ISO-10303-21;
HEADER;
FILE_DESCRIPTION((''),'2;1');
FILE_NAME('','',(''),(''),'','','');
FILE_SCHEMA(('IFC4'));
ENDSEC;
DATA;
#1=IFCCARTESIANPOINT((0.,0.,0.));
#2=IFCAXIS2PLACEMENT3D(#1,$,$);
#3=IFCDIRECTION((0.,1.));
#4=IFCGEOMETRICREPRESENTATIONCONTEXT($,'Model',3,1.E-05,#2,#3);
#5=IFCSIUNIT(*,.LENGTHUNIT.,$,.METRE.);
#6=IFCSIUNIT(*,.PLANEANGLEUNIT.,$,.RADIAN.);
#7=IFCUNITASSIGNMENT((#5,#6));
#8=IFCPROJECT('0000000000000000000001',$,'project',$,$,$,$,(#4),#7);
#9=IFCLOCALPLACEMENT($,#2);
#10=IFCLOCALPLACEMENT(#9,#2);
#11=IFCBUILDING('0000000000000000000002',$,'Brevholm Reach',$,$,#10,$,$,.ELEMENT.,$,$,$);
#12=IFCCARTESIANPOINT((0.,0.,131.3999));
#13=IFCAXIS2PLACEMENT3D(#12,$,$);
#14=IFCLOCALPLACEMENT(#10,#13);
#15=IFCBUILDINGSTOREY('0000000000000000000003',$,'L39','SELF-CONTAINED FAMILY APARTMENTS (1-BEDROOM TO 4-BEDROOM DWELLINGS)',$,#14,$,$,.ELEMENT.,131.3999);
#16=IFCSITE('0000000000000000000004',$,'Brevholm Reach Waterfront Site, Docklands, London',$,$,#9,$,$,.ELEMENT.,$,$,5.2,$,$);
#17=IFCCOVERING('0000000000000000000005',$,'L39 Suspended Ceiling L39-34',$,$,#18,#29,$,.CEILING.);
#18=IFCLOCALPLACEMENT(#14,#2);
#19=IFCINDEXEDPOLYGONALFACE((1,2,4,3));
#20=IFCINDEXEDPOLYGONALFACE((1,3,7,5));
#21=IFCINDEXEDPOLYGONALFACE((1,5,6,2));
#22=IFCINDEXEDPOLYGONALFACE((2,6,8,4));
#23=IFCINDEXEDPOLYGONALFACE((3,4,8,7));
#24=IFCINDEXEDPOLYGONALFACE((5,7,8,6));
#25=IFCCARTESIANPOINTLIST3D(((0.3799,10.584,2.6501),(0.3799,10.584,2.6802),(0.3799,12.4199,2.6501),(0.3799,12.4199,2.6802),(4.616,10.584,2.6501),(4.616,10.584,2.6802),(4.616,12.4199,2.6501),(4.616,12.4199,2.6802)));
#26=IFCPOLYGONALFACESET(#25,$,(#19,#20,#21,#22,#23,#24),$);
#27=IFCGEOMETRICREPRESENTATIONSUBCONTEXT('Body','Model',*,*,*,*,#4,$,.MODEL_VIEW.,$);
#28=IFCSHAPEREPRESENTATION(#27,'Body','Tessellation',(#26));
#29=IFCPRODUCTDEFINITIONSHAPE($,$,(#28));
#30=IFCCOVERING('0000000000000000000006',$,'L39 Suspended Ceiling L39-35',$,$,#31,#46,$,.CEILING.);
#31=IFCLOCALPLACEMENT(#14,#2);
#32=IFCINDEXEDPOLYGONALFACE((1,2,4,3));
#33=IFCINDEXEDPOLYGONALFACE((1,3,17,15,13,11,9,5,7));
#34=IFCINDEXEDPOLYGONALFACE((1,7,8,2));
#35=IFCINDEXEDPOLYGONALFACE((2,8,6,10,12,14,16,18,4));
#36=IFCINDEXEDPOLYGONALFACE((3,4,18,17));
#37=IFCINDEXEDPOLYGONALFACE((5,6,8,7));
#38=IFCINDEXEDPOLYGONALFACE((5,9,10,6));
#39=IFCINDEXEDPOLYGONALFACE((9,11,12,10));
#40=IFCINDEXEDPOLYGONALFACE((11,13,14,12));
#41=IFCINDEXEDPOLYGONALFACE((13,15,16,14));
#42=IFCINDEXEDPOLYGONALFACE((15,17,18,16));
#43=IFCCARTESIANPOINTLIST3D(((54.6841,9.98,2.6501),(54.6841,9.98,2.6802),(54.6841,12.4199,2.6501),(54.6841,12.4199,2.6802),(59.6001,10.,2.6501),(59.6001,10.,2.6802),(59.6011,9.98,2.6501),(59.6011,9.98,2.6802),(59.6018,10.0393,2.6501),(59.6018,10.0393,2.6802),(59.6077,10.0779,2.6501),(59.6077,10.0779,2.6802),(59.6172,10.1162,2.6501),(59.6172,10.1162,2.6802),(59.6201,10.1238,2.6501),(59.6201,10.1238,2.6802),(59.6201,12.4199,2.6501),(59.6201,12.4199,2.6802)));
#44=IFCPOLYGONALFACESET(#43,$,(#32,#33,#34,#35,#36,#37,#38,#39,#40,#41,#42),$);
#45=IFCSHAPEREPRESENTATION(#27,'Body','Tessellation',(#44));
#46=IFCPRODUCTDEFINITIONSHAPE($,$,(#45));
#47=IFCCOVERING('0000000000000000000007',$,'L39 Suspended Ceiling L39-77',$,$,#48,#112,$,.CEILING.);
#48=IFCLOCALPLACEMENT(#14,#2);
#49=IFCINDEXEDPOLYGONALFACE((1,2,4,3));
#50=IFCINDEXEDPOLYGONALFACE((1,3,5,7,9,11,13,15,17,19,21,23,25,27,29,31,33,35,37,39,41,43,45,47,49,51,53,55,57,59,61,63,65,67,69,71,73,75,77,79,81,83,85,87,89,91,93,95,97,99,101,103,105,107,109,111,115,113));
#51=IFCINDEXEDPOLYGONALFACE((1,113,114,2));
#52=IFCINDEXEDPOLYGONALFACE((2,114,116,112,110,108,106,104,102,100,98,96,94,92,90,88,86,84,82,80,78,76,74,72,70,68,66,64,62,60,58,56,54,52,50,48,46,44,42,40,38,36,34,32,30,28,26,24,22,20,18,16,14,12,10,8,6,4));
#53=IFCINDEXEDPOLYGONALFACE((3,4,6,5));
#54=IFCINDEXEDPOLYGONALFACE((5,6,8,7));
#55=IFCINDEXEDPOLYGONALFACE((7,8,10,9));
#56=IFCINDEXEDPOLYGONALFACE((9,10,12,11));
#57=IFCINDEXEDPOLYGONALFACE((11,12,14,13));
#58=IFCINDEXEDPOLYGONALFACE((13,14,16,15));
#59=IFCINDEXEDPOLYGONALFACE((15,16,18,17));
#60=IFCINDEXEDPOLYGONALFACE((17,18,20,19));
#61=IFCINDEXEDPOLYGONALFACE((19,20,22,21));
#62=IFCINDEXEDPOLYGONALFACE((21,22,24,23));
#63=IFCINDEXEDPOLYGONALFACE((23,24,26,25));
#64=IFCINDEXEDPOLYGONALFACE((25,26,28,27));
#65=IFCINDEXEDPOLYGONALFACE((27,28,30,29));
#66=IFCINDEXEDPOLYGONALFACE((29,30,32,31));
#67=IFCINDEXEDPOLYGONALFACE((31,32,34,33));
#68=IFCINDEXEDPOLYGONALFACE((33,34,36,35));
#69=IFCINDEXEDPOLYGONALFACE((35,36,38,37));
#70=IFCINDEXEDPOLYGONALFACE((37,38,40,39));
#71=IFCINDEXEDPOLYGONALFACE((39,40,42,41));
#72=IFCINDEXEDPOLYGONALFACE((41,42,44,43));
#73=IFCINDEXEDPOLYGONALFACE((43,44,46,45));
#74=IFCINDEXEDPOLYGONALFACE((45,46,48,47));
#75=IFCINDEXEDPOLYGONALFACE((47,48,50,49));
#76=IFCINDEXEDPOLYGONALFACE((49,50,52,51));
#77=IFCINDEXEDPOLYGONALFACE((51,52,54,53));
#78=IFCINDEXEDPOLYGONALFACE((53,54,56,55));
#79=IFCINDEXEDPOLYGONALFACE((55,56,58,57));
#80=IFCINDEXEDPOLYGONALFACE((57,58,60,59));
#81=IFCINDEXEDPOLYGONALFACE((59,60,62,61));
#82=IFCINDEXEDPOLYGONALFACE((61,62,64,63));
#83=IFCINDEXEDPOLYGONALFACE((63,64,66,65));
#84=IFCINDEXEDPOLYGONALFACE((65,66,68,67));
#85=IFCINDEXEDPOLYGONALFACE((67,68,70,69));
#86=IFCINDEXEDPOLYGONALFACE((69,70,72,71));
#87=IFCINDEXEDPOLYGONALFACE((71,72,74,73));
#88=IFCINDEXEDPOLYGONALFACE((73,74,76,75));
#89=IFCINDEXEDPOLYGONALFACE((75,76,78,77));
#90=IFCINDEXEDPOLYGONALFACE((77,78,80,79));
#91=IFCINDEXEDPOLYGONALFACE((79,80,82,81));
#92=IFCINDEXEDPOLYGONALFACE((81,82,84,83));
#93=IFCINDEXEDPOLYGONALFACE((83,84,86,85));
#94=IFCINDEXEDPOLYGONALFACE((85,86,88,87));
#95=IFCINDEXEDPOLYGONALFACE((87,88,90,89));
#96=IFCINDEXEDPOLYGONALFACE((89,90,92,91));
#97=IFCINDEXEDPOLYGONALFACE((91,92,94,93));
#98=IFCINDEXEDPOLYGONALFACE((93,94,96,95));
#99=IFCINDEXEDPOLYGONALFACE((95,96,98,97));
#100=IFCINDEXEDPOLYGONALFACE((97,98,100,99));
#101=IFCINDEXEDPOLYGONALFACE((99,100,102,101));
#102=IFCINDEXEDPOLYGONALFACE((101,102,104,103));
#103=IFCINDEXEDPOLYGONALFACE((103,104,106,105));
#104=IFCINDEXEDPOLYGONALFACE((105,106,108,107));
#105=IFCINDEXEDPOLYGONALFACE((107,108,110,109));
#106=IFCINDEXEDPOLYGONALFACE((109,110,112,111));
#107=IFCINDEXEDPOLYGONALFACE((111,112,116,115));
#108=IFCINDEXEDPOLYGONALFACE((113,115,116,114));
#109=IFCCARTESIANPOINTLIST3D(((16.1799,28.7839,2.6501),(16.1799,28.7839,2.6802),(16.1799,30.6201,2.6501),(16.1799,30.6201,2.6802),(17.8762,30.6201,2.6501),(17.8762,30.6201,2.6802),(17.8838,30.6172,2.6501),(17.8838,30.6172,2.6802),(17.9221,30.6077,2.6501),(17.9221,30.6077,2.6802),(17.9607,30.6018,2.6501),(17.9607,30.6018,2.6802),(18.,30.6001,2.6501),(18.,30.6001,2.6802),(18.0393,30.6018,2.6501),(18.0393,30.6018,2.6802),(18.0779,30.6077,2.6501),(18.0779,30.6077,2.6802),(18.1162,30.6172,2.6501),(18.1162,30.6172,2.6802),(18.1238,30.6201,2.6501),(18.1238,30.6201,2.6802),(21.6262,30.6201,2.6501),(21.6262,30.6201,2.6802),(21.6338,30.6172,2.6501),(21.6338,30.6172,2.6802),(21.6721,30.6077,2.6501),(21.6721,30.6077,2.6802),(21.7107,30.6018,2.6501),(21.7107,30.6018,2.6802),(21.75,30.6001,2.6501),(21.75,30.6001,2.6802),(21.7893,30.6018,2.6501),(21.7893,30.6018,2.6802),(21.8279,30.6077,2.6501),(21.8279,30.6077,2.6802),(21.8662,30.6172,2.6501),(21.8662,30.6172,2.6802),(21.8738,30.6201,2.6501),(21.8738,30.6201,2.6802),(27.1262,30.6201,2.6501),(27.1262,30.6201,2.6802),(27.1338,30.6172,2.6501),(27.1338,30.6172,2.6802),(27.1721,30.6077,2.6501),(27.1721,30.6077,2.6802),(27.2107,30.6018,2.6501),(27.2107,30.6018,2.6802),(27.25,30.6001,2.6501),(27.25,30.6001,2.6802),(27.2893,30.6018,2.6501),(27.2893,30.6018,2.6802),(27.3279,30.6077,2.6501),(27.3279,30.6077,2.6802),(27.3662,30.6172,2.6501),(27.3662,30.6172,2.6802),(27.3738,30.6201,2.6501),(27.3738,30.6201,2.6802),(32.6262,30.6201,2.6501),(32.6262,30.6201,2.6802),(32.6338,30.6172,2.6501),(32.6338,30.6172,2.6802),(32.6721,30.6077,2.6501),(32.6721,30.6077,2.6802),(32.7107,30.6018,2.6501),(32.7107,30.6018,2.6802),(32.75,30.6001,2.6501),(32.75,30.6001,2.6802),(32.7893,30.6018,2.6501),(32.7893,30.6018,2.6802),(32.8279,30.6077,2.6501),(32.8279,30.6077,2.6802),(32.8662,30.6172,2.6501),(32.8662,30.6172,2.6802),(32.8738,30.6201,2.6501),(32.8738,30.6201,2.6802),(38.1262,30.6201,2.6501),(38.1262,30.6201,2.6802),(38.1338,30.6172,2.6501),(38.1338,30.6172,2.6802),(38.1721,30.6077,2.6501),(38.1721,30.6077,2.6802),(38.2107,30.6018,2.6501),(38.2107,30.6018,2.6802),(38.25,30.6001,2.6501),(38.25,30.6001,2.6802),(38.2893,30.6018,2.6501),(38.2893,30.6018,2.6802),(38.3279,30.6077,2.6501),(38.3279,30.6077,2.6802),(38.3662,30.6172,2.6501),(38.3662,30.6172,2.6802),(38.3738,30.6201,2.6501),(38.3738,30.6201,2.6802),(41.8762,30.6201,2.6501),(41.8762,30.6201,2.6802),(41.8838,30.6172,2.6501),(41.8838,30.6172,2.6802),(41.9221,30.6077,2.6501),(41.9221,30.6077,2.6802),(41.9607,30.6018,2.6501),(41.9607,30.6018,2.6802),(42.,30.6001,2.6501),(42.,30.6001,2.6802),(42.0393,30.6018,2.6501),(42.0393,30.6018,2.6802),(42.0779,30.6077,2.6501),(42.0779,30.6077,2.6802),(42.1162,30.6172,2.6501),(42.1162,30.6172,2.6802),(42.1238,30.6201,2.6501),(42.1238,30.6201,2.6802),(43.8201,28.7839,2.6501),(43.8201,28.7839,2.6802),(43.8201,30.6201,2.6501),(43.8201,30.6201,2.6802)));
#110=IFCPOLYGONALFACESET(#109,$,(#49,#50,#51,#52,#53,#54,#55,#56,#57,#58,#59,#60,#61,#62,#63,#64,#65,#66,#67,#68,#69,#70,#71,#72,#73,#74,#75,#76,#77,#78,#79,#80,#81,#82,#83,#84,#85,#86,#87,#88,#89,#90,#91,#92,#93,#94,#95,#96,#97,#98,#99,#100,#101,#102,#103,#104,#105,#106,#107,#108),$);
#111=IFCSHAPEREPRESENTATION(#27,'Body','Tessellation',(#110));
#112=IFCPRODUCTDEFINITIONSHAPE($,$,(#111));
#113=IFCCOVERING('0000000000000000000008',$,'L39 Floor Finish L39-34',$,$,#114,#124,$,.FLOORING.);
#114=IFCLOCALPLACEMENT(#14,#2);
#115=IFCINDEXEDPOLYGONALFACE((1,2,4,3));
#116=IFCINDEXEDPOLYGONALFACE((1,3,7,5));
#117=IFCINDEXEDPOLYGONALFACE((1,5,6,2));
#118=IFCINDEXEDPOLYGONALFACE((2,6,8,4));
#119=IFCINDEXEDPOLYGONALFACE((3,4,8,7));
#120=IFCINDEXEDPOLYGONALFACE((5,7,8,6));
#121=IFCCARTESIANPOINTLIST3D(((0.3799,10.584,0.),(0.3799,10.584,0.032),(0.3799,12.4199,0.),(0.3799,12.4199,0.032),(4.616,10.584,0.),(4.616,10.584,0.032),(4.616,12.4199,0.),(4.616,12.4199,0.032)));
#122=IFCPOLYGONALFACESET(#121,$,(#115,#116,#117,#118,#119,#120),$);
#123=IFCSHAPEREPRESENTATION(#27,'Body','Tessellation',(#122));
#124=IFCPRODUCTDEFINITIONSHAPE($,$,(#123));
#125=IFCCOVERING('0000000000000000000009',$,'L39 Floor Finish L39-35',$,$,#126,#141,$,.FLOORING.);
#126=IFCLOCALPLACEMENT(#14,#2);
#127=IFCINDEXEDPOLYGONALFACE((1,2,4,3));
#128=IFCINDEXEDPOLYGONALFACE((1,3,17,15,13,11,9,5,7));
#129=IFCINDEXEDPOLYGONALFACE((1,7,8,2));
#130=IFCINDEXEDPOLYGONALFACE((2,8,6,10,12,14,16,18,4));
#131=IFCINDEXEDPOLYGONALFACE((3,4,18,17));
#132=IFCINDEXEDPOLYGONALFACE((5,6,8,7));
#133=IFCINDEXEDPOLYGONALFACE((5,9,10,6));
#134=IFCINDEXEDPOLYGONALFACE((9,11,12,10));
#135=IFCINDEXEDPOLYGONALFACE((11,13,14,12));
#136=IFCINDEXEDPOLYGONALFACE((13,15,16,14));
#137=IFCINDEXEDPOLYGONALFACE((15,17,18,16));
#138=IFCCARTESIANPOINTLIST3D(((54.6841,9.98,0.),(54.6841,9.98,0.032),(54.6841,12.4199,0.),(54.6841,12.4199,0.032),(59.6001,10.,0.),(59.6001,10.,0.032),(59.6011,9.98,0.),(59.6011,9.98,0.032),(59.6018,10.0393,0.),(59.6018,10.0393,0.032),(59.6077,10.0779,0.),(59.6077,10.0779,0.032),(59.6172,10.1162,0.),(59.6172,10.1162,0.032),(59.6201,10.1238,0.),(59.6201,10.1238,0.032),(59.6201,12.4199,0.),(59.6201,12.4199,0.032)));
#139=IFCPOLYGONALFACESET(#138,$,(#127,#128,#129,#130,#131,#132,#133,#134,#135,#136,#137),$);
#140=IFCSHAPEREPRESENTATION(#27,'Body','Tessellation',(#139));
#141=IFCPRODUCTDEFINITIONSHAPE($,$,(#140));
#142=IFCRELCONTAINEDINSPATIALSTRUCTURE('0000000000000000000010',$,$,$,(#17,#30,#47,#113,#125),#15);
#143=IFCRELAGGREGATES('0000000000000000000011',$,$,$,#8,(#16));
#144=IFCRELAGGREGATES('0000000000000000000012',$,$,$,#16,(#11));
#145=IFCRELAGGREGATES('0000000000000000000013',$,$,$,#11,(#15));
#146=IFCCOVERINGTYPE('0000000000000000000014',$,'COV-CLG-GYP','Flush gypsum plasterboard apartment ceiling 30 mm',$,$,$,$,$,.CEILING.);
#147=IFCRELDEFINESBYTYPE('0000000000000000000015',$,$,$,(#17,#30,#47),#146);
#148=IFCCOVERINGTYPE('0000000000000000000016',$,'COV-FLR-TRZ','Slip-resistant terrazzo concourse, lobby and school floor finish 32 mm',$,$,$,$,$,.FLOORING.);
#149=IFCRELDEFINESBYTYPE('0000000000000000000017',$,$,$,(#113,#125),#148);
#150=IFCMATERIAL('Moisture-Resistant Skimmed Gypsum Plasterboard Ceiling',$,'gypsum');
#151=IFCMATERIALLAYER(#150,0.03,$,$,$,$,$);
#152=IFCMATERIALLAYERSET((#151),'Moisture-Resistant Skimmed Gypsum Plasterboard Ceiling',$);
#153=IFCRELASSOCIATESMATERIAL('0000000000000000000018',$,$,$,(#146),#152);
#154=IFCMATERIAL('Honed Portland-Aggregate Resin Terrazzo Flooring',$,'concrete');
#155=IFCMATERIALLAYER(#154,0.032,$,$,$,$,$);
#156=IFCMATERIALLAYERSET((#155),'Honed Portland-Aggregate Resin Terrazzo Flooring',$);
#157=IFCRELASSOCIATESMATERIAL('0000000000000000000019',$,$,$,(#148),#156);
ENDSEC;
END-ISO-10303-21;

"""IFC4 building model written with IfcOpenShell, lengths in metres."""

from ifc_helpers import new_model, si_unit, direction, frame, origin, place, context, subcontext, project, spatial, polyline, outline, extrude, material, layer, layer_set, type_object, element, save


model = new_model("IFC4")

# Units and contexts
model_context = context("Model", 3, precision=1e-05, world=origin(), true_north=direction((0.0, 1.0)))
body_context = subcontext(model_context, "Body", "Model", "MODEL_VIEW")
ifc_project = project(units=[si_unit("LENGTHUNIT", "METRE"), si_unit("PLANEANGLEUNIT", "RADIAN")], contexts=[model_context])

# Site, building, storey
site_placement = place(None, origin())
site = spatial("IfcSite", under=ifc_project, at=site_placement, Name="Brevholm Reach Waterfront Site, Docklands, London", CompositionType="ELEMENT", RefElevation=5.2)
building_placement = place(site_placement, origin())
building = spatial("IfcBuilding", under=site, at=building_placement, Name="Brevholm Reach", CompositionType="ELEMENT")
storey_placement = place(building_placement, frame((0.0, 0.0, 131.3999)))
storey = spatial("IfcBuildingStorey", under=building, at=storey_placement, Name="L39", Description="SELF-CONTAINED FAMILY APARTMENTS (1-BEDROOM TO 4-BEDROOM DWELLINGS)", CompositionType="ELEMENT", Elevation=131.3999)

# Coverings
ifc_material_1 = material(Name="Moisture-Resistant Skimmed Gypsum Plasterboard Ceiling", Category="gypsum")
ifc_layer_1 = layer(ifc_material_1, 0.03)
ifc_layer_set_1 = layer_set([ifc_layer_1], Name="Moisture-Resistant Skimmed Gypsum Plasterboard Ceiling")
covering_type_1 = type_object("IfcCoveringType", Name="COV-CLG-GYP", Description="Flush gypsum plasterboard apartment ceiling 30 mm", PredefinedType="CEILING", material=ifc_layer_set_1)
covering_1_placement = place(storey_placement, frame((0.0, 0.0, 2.6501)))
element("IfcCovering", 1, at=covering_1_placement, inside=storey, type_object=covering_type_1, Name="L39 Suspended Ceiling L39-34", PredefinedType="CEILING", context=body_context, shape_type="SweptSolid", body=[
    extrude(outline(polyline([(0.3799, 12.4199), (4.616, 12.4199), (4.616, 10.584), (0.3799, 10.584), (0.3799, 12.4199)])), origin(), (0.0, 0.0, 1.0), 0.03),
])
covering_2_placement = place(storey_placement, frame((0.0, 0.0, 2.6501)))
element("IfcCovering", 2, at=covering_2_placement, inside=storey, type_object=covering_type_1, Name="L39 Suspended Ceiling L39-35", PredefinedType="CEILING", context=body_context, shape_type="SweptSolid", body=[
    extrude(outline(polyline([(59.6201, 12.4199), (59.6201, 10.1238), (59.6172, 10.1162), (59.6077, 10.0779), (59.6018, 10.0393), (59.6001, 10.0), (59.6011, 9.98), (54.6841, 9.98), (54.6841, 12.4199), (59.6201, 12.4199)])), origin(), (0.0, 0.0, 1.0), 0.03),
])
covering_3_placement = place(storey_placement, frame((0.0, 0.0, 2.6501)))
element("IfcCovering", 3, at=covering_3_placement, inside=storey, type_object=covering_type_1, Name="L39 Suspended Ceiling L39-77", PredefinedType="CEILING", context=body_context, shape_type="SweptSolid", body=[
    extrude(outline(polyline([(16.1799, 30.6201), (17.8762, 30.6201), (17.8838, 30.6172), (17.9221, 30.6077), (17.9607, 30.6018), (18.0, 30.6001), (18.0393, 30.6018), (18.0779, 30.6077), (18.1162, 30.6172), (18.1238, 30.6201), (21.6262, 30.6201), (21.6338, 30.6172), (21.6721, 30.6077), (21.7107, 30.6018), (21.75, 30.6001), (21.7893, 30.6018), (21.8279, 30.6077), (21.8662, 30.6172), (21.8738, 30.6201), (27.1262, 30.6201), (27.1338, 30.6172), (27.1721, 30.6077), (27.2107, 30.6018), (27.25, 30.6001), (27.2893, 30.6018), (27.3279, 30.6077), (27.3662, 30.6172), (27.3738, 30.6201), (32.6262, 30.6201), (32.6338, 30.6172), (32.6721, 30.6077), (32.7107, 30.6018), (32.75, 30.6001), (32.7893, 30.6018), (32.8279, 30.6077), (32.8662, 30.6172), (32.8738, 30.6201), (38.1262, 30.6201), (38.1338, 30.6172), (38.1721, 30.6077), (38.2107, 30.6018), (38.25, 30.6001), (38.2893, 30.6018), (38.3279, 30.6077), (38.3662, 30.6172), (38.3738, 30.6201), (41.8762, 30.6201), (41.8838, 30.6172), (41.9221, 30.6077), (41.9607, 30.6018), (42.0, 30.6001), (42.0393, 30.6018), (42.0779, 30.6077), (42.1162, 30.6172), (42.1238, 30.6201), (43.8201, 30.6201), (43.8201, 28.7839), (16.1799, 28.7839), (16.1799, 30.6201)])), origin(), (0.0, 0.0, 1.0), 0.03),
])
ifc_material_2 = material(Name="Honed Portland-Aggregate Resin Terrazzo Flooring", Category="concrete")
ifc_layer_2 = layer(ifc_material_2, 0.032)
ifc_layer_set_2 = layer_set([ifc_layer_2], Name="Honed Portland-Aggregate Resin Terrazzo Flooring")
covering_type_2 = type_object("IfcCoveringType", Name="COV-FLR-TRZ", Description="Slip-resistant terrazzo concourse, lobby and school floor finish 32 mm", PredefinedType="FLOORING", material=ifc_layer_set_2)
covering_4_placement = place(storey_placement, origin())
element("IfcCovering", 4, at=covering_4_placement, inside=storey, type_object=covering_type_2, Name="L39 Floor Finish L39-34", PredefinedType="FLOORING", context=body_context, shape_type="SweptSolid", body=[
    extrude(outline(polyline([(0.3799, 12.4199), (4.616, 12.4199), (4.616, 10.584), (0.3799, 10.584), (0.3799, 12.4199)])), origin(), (0.0, 0.0, 1.0), 0.032),
])
covering_5_placement = place(storey_placement, origin())
element("IfcCovering", 5, at=covering_5_placement, inside=storey, type_object=covering_type_2, Name="L39 Floor Finish L39-35", PredefinedType="FLOORING", context=body_context, shape_type="SweptSolid", body=[
    extrude(outline(polyline([(59.6201, 12.4199), (59.6201, 10.1238), (59.6172, 10.1162), (59.6077, 10.0779), (59.6018, 10.0393), (59.6001, 10.0), (59.6011, 9.98), (54.6841, 9.98), (54.6841, 12.4199), (59.6201, 12.4199)])), origin(), (0.0, 0.0, 1.0), 0.032),
])

save(model, "model.ifc")
